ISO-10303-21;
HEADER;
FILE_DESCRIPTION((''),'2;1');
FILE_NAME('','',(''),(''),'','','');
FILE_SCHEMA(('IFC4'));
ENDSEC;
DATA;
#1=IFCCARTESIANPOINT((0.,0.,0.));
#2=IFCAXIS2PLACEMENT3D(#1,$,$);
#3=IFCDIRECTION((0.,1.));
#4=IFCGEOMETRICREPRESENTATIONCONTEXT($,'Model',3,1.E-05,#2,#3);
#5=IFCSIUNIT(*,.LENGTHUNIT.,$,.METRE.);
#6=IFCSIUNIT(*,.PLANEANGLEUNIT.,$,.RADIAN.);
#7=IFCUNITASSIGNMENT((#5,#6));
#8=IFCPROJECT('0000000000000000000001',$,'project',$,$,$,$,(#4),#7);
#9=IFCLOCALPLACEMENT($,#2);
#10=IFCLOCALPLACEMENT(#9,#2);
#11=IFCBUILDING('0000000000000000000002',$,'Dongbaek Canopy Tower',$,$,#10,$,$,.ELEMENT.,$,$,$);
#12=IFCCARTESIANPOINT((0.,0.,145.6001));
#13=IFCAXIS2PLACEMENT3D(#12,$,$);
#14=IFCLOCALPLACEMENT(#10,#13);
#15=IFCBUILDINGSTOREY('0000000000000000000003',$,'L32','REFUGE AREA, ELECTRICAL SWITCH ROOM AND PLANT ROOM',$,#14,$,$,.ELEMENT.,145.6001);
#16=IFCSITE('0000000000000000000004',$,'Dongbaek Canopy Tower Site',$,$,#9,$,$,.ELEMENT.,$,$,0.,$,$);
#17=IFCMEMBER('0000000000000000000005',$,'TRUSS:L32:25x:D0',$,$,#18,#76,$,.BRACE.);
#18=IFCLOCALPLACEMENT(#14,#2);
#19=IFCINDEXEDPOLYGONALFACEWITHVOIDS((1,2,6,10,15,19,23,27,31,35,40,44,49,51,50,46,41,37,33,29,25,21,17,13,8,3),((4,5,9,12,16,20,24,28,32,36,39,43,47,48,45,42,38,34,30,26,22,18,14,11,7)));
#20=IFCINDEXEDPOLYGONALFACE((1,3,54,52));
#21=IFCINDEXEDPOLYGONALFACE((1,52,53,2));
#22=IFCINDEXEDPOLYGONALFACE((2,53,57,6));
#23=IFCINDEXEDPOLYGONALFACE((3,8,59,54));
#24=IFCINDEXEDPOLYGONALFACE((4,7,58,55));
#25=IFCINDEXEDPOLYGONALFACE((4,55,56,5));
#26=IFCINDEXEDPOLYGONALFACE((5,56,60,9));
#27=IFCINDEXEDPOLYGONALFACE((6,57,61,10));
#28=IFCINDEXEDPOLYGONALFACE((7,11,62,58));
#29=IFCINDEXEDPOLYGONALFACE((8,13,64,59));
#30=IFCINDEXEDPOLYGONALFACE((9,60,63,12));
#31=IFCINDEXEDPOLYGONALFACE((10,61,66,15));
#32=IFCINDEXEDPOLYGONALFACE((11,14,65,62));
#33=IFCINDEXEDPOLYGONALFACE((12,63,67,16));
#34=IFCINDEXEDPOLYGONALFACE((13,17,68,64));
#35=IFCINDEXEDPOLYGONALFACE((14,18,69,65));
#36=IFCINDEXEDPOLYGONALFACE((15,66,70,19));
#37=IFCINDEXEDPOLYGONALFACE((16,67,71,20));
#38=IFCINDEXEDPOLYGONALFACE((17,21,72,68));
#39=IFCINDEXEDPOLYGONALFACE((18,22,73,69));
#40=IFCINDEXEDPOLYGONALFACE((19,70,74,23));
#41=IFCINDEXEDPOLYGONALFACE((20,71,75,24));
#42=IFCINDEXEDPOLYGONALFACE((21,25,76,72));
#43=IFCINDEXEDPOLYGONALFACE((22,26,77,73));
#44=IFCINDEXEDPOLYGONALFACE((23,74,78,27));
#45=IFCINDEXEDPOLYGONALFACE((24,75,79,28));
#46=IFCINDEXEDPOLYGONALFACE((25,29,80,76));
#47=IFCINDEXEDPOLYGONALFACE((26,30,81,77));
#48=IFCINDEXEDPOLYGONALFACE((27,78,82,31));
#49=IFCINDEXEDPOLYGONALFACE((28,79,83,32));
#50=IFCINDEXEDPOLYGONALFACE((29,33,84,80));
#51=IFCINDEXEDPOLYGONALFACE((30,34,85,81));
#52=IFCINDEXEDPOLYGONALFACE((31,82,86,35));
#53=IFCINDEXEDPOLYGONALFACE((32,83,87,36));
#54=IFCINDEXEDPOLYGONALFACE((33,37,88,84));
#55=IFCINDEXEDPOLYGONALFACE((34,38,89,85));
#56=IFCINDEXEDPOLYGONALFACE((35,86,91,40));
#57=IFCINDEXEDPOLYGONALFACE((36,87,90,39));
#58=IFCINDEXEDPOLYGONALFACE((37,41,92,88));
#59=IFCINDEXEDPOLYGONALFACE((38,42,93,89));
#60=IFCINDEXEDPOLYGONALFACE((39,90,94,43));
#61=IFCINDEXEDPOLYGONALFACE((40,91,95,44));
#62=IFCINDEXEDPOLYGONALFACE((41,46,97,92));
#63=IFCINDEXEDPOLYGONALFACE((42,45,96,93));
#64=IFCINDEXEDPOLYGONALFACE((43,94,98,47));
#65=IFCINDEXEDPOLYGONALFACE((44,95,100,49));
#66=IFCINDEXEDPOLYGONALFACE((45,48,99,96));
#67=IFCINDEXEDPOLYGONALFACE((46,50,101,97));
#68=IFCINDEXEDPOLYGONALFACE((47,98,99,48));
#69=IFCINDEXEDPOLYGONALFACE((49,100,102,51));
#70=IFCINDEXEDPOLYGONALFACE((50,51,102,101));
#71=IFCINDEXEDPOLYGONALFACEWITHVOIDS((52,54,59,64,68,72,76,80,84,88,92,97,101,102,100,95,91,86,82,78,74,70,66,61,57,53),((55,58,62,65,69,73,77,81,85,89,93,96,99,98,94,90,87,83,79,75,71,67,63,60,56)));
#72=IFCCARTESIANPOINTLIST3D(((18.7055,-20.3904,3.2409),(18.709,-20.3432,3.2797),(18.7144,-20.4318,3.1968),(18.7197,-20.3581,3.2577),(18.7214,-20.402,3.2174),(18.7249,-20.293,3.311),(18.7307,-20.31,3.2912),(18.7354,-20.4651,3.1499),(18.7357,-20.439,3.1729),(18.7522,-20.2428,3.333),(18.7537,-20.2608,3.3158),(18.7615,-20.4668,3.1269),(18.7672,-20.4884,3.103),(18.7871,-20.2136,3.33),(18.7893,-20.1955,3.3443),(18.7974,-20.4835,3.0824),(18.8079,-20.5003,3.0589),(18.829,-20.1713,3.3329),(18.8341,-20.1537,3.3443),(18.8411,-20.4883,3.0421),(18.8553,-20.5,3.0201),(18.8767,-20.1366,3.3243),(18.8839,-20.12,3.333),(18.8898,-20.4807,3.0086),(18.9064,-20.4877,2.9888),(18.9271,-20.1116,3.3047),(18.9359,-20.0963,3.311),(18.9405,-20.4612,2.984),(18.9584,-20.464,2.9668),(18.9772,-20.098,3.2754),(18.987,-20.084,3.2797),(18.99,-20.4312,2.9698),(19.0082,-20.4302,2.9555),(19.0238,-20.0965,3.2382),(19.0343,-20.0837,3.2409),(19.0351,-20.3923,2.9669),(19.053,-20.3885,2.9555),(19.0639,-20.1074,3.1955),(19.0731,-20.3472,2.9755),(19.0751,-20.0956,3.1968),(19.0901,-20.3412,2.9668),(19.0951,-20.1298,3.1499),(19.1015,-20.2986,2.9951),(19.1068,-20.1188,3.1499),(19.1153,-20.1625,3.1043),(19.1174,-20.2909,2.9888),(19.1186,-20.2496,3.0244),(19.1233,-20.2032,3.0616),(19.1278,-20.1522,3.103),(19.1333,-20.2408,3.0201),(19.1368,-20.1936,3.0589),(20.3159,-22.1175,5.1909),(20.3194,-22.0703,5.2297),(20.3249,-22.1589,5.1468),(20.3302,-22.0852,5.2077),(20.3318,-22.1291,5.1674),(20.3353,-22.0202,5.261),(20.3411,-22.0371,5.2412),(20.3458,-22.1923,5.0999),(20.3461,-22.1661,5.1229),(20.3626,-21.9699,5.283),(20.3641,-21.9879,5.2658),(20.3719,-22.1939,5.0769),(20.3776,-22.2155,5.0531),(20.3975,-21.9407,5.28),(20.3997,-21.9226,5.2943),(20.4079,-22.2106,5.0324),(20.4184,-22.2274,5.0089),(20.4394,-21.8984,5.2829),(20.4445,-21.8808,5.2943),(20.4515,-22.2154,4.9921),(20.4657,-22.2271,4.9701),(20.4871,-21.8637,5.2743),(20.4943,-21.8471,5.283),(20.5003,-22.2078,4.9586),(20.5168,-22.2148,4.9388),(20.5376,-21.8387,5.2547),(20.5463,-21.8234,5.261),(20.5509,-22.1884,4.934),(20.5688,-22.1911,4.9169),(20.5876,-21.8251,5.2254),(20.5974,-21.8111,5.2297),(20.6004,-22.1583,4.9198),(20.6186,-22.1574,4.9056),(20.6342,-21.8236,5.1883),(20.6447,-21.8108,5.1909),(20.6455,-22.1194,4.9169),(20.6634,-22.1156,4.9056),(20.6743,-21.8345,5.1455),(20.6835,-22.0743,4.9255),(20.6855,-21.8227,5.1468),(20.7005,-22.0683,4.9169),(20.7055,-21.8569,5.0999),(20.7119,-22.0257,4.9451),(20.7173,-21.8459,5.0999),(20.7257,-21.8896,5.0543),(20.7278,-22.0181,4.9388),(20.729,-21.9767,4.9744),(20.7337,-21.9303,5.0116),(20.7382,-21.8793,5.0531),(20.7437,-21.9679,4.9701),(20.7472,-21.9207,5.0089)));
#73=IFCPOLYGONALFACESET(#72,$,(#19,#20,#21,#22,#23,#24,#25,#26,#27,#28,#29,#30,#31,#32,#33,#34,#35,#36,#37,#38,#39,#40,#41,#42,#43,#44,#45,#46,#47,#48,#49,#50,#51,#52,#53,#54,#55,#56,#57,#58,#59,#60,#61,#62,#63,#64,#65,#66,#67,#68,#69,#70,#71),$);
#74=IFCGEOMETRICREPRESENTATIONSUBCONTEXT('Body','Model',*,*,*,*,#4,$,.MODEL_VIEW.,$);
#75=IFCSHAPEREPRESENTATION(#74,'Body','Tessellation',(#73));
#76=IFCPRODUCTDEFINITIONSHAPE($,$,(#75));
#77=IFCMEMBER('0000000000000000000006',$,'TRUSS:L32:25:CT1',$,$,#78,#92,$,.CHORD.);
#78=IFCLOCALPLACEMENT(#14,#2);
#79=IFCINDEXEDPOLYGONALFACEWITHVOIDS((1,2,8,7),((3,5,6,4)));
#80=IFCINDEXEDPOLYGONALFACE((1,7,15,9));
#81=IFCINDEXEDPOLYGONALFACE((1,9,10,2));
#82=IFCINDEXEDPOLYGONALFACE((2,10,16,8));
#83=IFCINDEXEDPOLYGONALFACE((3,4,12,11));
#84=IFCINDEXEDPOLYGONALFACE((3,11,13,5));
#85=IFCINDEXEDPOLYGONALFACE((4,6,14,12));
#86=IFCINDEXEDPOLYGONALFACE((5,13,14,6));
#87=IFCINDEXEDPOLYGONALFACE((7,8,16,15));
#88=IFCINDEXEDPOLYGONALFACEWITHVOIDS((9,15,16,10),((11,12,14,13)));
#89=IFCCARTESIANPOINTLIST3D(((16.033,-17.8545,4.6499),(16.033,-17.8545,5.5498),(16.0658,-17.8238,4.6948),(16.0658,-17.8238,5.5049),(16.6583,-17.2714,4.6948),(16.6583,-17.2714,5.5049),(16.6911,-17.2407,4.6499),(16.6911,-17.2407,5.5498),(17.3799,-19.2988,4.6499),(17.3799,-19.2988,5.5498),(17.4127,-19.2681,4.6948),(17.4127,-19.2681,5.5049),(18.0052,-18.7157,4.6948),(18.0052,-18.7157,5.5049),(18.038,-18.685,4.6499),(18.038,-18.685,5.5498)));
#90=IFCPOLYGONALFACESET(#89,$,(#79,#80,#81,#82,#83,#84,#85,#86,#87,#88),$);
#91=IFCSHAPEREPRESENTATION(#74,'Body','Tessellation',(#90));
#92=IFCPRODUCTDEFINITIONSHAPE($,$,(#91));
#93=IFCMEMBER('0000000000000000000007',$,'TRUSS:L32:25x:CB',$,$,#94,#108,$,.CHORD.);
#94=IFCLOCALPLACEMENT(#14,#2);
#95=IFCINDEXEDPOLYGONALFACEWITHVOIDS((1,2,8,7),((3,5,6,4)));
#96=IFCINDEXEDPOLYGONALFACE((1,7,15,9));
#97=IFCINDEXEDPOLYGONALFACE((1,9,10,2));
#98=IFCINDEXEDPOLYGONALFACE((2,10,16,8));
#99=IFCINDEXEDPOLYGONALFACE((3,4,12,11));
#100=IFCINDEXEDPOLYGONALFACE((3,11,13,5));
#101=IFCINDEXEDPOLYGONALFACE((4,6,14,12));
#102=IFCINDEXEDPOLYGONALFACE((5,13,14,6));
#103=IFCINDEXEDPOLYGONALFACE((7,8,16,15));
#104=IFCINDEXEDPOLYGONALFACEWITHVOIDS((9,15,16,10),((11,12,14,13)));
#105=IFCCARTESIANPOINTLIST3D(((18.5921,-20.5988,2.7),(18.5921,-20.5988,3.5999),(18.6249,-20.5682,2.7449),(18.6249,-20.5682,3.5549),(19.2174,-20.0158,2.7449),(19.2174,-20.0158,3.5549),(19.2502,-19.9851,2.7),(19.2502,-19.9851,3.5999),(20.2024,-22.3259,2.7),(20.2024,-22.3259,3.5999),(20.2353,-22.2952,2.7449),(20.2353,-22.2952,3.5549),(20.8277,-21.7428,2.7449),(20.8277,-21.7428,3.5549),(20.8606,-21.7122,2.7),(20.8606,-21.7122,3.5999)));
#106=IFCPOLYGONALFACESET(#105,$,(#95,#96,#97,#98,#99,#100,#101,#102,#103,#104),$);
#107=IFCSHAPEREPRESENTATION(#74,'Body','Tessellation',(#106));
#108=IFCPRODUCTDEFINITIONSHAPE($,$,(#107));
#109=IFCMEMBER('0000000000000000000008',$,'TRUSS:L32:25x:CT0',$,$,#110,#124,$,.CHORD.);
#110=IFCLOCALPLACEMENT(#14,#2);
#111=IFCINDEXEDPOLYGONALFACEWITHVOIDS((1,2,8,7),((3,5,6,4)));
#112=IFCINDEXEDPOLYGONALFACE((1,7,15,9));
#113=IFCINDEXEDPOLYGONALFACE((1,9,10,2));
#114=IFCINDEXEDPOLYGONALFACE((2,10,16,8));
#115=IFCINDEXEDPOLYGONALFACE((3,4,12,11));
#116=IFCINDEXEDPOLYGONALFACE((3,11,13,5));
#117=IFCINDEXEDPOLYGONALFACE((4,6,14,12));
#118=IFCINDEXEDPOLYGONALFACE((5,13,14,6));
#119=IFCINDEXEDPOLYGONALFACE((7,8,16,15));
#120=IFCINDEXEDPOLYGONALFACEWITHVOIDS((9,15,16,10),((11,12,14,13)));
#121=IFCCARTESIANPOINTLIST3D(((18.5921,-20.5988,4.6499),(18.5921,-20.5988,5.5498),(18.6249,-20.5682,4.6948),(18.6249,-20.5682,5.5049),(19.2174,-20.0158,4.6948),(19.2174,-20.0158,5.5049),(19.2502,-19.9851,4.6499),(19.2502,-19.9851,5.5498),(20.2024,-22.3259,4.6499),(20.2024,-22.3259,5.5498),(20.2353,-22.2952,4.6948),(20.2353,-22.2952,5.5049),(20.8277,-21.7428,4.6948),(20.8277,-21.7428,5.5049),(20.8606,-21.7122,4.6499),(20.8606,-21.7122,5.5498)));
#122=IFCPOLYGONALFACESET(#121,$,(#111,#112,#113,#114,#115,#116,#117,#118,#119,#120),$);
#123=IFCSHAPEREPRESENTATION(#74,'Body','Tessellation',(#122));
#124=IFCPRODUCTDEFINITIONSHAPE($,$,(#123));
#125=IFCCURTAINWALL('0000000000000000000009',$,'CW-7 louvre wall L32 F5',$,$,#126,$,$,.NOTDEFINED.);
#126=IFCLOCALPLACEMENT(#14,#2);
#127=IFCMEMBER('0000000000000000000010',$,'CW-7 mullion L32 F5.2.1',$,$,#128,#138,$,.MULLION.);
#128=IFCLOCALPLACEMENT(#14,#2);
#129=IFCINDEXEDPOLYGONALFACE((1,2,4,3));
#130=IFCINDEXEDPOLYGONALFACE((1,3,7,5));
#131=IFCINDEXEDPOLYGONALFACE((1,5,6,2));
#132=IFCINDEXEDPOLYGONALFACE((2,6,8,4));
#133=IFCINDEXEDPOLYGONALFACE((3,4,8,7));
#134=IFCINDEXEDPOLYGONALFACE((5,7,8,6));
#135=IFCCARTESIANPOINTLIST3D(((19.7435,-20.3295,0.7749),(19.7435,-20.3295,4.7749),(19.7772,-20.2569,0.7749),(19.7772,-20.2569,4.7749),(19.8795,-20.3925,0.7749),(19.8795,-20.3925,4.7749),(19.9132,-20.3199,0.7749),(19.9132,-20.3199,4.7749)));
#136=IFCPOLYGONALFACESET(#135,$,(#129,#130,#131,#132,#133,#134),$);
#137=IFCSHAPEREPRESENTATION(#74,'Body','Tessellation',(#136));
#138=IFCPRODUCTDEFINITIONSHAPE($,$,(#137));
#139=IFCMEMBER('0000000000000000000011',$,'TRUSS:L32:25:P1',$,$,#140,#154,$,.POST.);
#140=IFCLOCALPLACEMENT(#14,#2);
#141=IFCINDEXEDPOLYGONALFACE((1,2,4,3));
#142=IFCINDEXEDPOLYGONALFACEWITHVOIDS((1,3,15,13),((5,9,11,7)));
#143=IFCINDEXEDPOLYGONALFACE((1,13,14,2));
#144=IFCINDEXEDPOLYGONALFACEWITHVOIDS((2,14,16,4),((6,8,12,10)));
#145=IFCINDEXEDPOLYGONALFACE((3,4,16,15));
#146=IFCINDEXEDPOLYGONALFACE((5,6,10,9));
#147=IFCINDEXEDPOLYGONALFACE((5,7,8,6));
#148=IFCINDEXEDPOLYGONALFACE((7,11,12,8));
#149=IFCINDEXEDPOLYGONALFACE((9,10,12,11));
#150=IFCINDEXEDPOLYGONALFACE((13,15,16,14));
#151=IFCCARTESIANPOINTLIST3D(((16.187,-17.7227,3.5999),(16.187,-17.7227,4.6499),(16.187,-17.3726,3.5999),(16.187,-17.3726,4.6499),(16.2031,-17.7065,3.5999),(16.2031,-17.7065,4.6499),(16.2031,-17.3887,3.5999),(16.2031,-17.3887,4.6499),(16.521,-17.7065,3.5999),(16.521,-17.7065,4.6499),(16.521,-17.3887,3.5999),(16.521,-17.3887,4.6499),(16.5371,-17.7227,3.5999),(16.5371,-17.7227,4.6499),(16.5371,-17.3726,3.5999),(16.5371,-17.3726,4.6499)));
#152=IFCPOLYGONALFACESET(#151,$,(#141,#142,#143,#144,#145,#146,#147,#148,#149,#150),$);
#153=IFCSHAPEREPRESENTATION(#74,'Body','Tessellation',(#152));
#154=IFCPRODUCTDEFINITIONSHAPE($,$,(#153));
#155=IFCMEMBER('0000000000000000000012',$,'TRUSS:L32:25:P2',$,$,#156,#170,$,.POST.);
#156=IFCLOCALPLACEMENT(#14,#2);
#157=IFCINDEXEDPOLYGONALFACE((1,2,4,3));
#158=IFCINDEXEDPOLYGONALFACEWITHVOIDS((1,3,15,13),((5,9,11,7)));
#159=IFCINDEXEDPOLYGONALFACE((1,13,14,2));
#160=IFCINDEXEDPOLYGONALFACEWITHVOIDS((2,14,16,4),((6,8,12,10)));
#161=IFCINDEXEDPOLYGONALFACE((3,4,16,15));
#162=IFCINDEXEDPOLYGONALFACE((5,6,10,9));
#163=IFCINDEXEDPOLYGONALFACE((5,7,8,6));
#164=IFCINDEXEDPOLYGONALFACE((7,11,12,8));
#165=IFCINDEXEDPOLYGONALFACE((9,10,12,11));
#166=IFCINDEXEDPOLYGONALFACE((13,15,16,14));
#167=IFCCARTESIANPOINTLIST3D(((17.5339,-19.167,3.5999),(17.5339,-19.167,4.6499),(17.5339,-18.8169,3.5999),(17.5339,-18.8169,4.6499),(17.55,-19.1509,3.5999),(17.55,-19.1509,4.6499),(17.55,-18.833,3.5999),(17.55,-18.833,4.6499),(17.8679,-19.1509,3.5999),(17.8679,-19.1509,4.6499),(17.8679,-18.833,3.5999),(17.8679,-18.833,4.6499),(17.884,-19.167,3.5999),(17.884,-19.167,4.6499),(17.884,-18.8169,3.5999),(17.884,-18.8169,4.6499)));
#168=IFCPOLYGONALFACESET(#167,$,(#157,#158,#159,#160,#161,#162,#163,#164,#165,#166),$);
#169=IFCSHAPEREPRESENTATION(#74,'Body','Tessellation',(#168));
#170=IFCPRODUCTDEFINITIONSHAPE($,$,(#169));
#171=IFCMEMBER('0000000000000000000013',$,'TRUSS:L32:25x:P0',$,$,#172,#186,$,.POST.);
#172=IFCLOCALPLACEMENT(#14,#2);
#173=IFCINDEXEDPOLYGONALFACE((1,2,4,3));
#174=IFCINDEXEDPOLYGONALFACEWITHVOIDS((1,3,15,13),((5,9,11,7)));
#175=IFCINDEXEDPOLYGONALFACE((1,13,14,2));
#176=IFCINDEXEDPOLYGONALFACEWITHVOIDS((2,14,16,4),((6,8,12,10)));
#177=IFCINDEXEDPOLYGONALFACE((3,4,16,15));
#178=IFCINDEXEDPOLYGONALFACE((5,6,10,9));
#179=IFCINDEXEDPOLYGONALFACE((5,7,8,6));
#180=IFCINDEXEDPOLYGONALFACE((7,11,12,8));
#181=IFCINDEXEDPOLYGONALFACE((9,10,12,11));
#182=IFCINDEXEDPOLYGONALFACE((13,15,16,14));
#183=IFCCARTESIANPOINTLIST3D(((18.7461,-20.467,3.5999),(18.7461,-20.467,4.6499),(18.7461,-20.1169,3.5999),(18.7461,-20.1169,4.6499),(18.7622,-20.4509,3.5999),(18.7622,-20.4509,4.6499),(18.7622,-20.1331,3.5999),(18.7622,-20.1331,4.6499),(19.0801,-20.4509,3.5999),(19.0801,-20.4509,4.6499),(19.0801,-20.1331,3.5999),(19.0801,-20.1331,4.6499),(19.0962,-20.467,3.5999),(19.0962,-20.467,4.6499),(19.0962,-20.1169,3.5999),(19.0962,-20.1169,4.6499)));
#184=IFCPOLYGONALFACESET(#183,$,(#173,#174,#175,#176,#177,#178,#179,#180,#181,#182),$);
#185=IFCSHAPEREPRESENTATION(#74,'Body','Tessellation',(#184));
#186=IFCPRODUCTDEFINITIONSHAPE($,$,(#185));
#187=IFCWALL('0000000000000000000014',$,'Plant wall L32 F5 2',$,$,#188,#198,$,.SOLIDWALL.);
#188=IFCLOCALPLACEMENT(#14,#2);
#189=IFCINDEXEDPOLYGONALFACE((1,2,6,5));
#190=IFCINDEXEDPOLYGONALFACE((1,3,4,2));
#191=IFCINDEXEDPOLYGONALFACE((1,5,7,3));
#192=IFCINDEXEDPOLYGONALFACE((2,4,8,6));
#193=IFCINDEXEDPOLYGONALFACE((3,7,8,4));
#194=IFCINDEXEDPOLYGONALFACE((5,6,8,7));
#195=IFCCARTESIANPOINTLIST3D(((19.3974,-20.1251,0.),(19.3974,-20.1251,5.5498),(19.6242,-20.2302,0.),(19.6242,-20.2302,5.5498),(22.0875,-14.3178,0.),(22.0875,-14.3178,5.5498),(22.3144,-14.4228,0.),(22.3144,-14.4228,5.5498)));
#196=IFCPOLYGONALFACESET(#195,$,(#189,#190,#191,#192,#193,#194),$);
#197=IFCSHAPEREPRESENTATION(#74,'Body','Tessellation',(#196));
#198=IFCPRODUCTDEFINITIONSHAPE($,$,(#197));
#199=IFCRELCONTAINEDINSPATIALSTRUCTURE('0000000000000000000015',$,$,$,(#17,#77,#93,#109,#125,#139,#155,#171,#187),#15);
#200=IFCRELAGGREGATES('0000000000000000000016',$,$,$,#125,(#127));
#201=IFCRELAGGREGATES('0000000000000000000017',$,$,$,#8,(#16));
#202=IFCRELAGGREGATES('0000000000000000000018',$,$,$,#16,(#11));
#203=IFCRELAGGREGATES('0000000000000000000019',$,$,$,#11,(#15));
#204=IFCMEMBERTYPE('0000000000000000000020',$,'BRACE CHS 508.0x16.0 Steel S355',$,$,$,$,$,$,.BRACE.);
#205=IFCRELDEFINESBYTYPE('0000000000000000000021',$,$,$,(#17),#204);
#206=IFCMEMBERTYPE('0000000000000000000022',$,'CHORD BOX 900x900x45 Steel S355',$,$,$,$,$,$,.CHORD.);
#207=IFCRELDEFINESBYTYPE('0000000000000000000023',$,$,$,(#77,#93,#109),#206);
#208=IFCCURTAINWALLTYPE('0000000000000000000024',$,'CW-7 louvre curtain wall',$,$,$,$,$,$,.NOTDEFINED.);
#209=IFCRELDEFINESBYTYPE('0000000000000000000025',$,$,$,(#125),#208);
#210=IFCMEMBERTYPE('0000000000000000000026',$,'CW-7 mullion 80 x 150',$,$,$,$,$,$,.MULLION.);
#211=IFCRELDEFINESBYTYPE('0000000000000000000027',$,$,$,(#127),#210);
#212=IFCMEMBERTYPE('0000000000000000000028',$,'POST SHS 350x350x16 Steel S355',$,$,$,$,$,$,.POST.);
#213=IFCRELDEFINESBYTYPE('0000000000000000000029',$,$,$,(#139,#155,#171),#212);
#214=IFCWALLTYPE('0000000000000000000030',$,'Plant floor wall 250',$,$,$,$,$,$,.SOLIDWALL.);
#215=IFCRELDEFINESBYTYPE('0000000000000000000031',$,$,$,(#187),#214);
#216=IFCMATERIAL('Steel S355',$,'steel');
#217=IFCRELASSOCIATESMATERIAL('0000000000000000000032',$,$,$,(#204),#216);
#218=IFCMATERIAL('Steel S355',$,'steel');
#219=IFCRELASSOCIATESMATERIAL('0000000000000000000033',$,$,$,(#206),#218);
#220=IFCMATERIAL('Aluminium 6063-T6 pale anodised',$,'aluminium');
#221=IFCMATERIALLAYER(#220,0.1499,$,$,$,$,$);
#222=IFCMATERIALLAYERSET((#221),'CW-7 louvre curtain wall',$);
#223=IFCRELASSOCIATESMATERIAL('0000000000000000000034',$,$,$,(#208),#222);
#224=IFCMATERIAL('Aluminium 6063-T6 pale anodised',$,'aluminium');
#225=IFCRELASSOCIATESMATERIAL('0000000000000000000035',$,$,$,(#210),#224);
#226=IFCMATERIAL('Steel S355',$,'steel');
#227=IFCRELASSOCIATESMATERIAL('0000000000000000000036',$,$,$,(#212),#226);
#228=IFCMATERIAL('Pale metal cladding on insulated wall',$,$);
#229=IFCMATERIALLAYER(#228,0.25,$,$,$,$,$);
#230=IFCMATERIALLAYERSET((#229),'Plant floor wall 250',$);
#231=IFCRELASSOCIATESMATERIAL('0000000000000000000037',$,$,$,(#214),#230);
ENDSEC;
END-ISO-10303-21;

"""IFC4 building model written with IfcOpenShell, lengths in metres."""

from ifc_helpers import new_model, si_unit, direction, frame, frame_2d, origin, origin_2d, place, context, subcontext, project, spatial, rectangle, hollow_rectangle, hollow_circle, extrude, material, layer, layer_set, material_profile, profile_set, type_object, element, aggregate, save


model = new_model("IFC4")

# Units and contexts
model_context = context("Model", 3, precision=1e-05, world=origin(), true_north=direction((0.0, 1.0)))
body_context = subcontext(model_context, "Body", "Model", "MODEL_VIEW")
ifc_project = project(units=[si_unit("LENGTHUNIT", "METRE"), si_unit("PLANEANGLEUNIT", "RADIAN")], contexts=[model_context])

# Site, building, storey
site_placement = place(None, origin())
site = spatial("IfcSite", under=ifc_project, at=site_placement, Name="Dongbaek Canopy Tower Site", CompositionType="ELEMENT", RefElevation=0.0)
building_placement = place(site_placement, origin())
building = spatial("IfcBuilding", under=site, at=building_placement, Name="Dongbaek Canopy Tower", CompositionType="ELEMENT")
storey_placement = place(building_placement, frame((0.0, 0.0, 145.6001)))
storey = spatial("IfcBuildingStorey", under=building, at=storey_placement, Name="L32", Description="REFUGE AREA, ELECTRICAL SWITCH ROOM AND PLANT ROOM", CompositionType="ELEMENT", Elevation=145.6001)

# Members
ifc_material_1 = material(Name="Steel S355", Category="steel")
ifc_material_profile_1 = material_profile(ifc_material_1, hollow_circle(Radius=0.2539, WallThickness=0.0161, at=origin_2d()), Name="BRACE CHS 508.0x16.0 Steel S355")
ifc_profile_set_1 = profile_set([ifc_material_profile_1], Name="Steel S355")
member_type_1 = type_object("IfcMemberType", Name="BRACE CHS 508.0x16.0 Steel S355", PredefinedType="BRACE", material=ifc_profile_set_1)
member_1_placement = place(storey_placement, frame((18.9211, -20.292, 3.1499), z_axis=(0.525848, -0.563955, 0.636741), x_axis=(0.731385, 0.681965, 0.0)))
element("IfcMember", 1, at=member_1_placement, inside=storey, type_object=member_type_1, Name="TRUSS:L32:25x:D0", PredefinedType="BRACE", context=body_context, shape_type="SweptSolid", body=[
    extrude(hollow_circle(Radius=0.2539, WallThickness=0.0161, at=origin_2d()), origin(), (0.0, 0.0, 1.0), 3.0625),
])
ifc_material_2 = material(Name="Steel S355", Category="steel")
ifc_material_profile_2 = material_profile(ifc_material_2, hollow_rectangle(XDim=0.8999, YDim=0.8999, WallThickness=0.0449, at=origin_2d()), Name="CHORD BOX 900x900x45 Steel S355")
ifc_profile_set_2 = profile_set([ifc_material_profile_2], Name="Steel S355")
member_type_2 = type_object("IfcMemberType", Name="CHORD BOX 900x900x45 Steel S355", PredefinedType="CHORD", material=ifc_profile_set_2)
member_2_placement = place(storey_placement, frame((16.3621, -17.5476, 5.0999), z_axis=(0.682014, -0.731339, 0.0), x_axis=(0.731339, 0.682014, 0.0)))
element("IfcMember", 2, at=member_2_placement, inside=storey, type_object=member_type_2, Name="TRUSS:L32:25:CT1", PredefinedType="CHORD", context=body_context, shape_type="SweptSolid", body=[
    extrude(hollow_rectangle(XDim=0.8999, YDim=0.8999, WallThickness=0.0449, at=origin_2d()), origin(), (0.0, 0.0, 1.0), 1.9749),
])
for number, where, z_axis, x_axis, name in (
    (3, (18.9211, -20.292, 3.1499), (0.681965, -0.731385, 0.0), (0.731385, 0.681965, 0.0), "TRUSS:L32:25x:CB"),
    (4, (18.9211, -20.292, 5.0999), (0.681965, -0.731385, 0.0), (0.731385, 0.681965, 0.0), "TRUSS:L32:25x:CT0"),
):
    element("IfcMember", number, at=place(storey_placement, frame(where, z_axis=z_axis, x_axis=x_axis)), inside=storey, type_object=member_type_2, Name=name, PredefinedType="CHORD", context=body_context, shape_type="SweptSolid", body=[
        extrude(hollow_rectangle(XDim=0.8999, YDim=0.8999, WallThickness=0.0449, at=origin_2d()), origin(), (0.0, 0.0, 1.0), 2.3613),
    ])

# Curtain wall, member
ifc_material_3 = material(Name="Aluminium 6063-T6 pale anodised", Category="aluminium")
ifc_layer_1 = layer(ifc_material_3, 0.1499)
ifc_layer_set_1 = layer_set([ifc_layer_1], Name="CW-7 louvre curtain wall")
curtain_wall_type = type_object("IfcCurtainWallType", Name="CW-7 louvre curtain wall", PredefinedType="NOTDEFINED", material=ifc_layer_set_1)
curtain_wall_placement = place(storey_placement, origin())
curtain_wall = element("IfcCurtainWall", 5, at=curtain_wall_placement, inside=storey, type_object=curtain_wall_type, Name="CW-7 louvre wall L32 F5", PredefinedType="NOTDEFINED")
ifc_material_4 = material(Name="Aluminium 6063-T6 pale anodised", Category="aluminium")
ifc_material_profile_3 = material_profile(ifc_material_4, rectangle(XDim=0.1499, YDim=0.0801, at=origin_2d()), Name="CW-7 mullion 80 x 150")
ifc_profile_set_3 = profile_set([ifc_material_profile_3], Name="Aluminium 6063-T6 pale anodised")
member_type_3 = type_object("IfcMemberType", Name="CW-7 mullion 80 x 150", PredefinedType="MULLION", material=ifc_profile_set_3)
member_3_placement = place(storey_placement, frame((19.8284, -20.3247, 0.7749), z_axis=(0.0, 0.0, 1.0), x_axis=(0.907369, -0.420334, 0.0)))
member_3 = element("IfcMember", 6, at=member_3_placement, type_object=member_type_3, Name="CW-7 mullion L32 F5.2.1", PredefinedType="MULLION", context=body_context, shape_type="SweptSolid", body=[
    extrude(rectangle(XDim=0.1499, YDim=0.0801, at=origin_2d()), origin(), (0.0, 0.0, 1.0), 4.0),
])

# Members
ifc_material_5 = material(Name="Steel S355", Category="steel")
ifc_material_profile_4 = material_profile(ifc_material_5, hollow_rectangle(XDim=0.3501, YDim=0.3501, WallThickness=0.0161, at=origin_2d()), Name="POST SHS 350x350x16 Steel S355")
ifc_profile_set_4 = profile_set([ifc_material_profile_4], Name="Steel S355")
member_type_4 = type_object("IfcMemberType", Name="POST SHS 350x350x16 Steel S355", PredefinedType="POST", material=ifc_profile_set_4)
for number, where, z_axis, x_axis, name in (
    (7, (16.3621, -17.5476, 3.5999), (0.0, 0.0, 1.0), (1.0, 0.0, 0.0), "TRUSS:L32:25:P1"),
    (8, (17.709, -18.9919, 3.5999), (0.0, 0.0, 1.0), (1.0, 0.0, 0.0), "TRUSS:L32:25:P2"),
    (9, (18.9211, -20.292, 3.5999), (0.0, 0.0, 1.0), (1.0, 0.0, 0.0), "TRUSS:L32:25x:P0"),
):
    element("IfcMember", number, at=place(storey_placement, frame(where, z_axis=z_axis, x_axis=x_axis)), inside=storey, type_object=member_type_4, Name=name, PredefinedType="POST", context=body_context, shape_type="SweptSolid", body=[
        extrude(hollow_rectangle(XDim=0.3501, YDim=0.3501, WallThickness=0.0161, at=origin_2d()), origin(), (0.0, 0.0, 1.0), 1.05),
    ])

# Wall
ifc_material_6 = material(Name="Pale metal cladding on insulated wall")
ifc_layer_2 = layer(ifc_material_6, 0.25)
ifc_layer_set_2 = layer_set([ifc_layer_2], Name="Plant floor wall 250")
wall_type = type_object("IfcWallType", Name="Plant floor wall 250", PredefinedType="SOLIDWALL", material=ifc_layer_set_2)
wall_placement = place(storey_placement, frame((19.5107, -20.1777, 0.0), z_axis=(0.0, 0.0, 1.0), x_axis=(0.420328, 0.907372, 0.0)))
element("IfcWall", 10, at=wall_placement, inside=storey, type_object=wall_type, Name="Plant wall L32 F5 2", PredefinedType="SOLIDWALL", context=body_context, shape_type="SweptSolid", body=[
    extrude(rectangle(XDim=6.4001, YDim=0.25, at=frame_2d((3.2002, 0.0))), origin(), (0.0, 0.0, 1.0), 5.5498),
])

aggregate(curtain_wall, [member_3])

save(model, "model.ifc")
